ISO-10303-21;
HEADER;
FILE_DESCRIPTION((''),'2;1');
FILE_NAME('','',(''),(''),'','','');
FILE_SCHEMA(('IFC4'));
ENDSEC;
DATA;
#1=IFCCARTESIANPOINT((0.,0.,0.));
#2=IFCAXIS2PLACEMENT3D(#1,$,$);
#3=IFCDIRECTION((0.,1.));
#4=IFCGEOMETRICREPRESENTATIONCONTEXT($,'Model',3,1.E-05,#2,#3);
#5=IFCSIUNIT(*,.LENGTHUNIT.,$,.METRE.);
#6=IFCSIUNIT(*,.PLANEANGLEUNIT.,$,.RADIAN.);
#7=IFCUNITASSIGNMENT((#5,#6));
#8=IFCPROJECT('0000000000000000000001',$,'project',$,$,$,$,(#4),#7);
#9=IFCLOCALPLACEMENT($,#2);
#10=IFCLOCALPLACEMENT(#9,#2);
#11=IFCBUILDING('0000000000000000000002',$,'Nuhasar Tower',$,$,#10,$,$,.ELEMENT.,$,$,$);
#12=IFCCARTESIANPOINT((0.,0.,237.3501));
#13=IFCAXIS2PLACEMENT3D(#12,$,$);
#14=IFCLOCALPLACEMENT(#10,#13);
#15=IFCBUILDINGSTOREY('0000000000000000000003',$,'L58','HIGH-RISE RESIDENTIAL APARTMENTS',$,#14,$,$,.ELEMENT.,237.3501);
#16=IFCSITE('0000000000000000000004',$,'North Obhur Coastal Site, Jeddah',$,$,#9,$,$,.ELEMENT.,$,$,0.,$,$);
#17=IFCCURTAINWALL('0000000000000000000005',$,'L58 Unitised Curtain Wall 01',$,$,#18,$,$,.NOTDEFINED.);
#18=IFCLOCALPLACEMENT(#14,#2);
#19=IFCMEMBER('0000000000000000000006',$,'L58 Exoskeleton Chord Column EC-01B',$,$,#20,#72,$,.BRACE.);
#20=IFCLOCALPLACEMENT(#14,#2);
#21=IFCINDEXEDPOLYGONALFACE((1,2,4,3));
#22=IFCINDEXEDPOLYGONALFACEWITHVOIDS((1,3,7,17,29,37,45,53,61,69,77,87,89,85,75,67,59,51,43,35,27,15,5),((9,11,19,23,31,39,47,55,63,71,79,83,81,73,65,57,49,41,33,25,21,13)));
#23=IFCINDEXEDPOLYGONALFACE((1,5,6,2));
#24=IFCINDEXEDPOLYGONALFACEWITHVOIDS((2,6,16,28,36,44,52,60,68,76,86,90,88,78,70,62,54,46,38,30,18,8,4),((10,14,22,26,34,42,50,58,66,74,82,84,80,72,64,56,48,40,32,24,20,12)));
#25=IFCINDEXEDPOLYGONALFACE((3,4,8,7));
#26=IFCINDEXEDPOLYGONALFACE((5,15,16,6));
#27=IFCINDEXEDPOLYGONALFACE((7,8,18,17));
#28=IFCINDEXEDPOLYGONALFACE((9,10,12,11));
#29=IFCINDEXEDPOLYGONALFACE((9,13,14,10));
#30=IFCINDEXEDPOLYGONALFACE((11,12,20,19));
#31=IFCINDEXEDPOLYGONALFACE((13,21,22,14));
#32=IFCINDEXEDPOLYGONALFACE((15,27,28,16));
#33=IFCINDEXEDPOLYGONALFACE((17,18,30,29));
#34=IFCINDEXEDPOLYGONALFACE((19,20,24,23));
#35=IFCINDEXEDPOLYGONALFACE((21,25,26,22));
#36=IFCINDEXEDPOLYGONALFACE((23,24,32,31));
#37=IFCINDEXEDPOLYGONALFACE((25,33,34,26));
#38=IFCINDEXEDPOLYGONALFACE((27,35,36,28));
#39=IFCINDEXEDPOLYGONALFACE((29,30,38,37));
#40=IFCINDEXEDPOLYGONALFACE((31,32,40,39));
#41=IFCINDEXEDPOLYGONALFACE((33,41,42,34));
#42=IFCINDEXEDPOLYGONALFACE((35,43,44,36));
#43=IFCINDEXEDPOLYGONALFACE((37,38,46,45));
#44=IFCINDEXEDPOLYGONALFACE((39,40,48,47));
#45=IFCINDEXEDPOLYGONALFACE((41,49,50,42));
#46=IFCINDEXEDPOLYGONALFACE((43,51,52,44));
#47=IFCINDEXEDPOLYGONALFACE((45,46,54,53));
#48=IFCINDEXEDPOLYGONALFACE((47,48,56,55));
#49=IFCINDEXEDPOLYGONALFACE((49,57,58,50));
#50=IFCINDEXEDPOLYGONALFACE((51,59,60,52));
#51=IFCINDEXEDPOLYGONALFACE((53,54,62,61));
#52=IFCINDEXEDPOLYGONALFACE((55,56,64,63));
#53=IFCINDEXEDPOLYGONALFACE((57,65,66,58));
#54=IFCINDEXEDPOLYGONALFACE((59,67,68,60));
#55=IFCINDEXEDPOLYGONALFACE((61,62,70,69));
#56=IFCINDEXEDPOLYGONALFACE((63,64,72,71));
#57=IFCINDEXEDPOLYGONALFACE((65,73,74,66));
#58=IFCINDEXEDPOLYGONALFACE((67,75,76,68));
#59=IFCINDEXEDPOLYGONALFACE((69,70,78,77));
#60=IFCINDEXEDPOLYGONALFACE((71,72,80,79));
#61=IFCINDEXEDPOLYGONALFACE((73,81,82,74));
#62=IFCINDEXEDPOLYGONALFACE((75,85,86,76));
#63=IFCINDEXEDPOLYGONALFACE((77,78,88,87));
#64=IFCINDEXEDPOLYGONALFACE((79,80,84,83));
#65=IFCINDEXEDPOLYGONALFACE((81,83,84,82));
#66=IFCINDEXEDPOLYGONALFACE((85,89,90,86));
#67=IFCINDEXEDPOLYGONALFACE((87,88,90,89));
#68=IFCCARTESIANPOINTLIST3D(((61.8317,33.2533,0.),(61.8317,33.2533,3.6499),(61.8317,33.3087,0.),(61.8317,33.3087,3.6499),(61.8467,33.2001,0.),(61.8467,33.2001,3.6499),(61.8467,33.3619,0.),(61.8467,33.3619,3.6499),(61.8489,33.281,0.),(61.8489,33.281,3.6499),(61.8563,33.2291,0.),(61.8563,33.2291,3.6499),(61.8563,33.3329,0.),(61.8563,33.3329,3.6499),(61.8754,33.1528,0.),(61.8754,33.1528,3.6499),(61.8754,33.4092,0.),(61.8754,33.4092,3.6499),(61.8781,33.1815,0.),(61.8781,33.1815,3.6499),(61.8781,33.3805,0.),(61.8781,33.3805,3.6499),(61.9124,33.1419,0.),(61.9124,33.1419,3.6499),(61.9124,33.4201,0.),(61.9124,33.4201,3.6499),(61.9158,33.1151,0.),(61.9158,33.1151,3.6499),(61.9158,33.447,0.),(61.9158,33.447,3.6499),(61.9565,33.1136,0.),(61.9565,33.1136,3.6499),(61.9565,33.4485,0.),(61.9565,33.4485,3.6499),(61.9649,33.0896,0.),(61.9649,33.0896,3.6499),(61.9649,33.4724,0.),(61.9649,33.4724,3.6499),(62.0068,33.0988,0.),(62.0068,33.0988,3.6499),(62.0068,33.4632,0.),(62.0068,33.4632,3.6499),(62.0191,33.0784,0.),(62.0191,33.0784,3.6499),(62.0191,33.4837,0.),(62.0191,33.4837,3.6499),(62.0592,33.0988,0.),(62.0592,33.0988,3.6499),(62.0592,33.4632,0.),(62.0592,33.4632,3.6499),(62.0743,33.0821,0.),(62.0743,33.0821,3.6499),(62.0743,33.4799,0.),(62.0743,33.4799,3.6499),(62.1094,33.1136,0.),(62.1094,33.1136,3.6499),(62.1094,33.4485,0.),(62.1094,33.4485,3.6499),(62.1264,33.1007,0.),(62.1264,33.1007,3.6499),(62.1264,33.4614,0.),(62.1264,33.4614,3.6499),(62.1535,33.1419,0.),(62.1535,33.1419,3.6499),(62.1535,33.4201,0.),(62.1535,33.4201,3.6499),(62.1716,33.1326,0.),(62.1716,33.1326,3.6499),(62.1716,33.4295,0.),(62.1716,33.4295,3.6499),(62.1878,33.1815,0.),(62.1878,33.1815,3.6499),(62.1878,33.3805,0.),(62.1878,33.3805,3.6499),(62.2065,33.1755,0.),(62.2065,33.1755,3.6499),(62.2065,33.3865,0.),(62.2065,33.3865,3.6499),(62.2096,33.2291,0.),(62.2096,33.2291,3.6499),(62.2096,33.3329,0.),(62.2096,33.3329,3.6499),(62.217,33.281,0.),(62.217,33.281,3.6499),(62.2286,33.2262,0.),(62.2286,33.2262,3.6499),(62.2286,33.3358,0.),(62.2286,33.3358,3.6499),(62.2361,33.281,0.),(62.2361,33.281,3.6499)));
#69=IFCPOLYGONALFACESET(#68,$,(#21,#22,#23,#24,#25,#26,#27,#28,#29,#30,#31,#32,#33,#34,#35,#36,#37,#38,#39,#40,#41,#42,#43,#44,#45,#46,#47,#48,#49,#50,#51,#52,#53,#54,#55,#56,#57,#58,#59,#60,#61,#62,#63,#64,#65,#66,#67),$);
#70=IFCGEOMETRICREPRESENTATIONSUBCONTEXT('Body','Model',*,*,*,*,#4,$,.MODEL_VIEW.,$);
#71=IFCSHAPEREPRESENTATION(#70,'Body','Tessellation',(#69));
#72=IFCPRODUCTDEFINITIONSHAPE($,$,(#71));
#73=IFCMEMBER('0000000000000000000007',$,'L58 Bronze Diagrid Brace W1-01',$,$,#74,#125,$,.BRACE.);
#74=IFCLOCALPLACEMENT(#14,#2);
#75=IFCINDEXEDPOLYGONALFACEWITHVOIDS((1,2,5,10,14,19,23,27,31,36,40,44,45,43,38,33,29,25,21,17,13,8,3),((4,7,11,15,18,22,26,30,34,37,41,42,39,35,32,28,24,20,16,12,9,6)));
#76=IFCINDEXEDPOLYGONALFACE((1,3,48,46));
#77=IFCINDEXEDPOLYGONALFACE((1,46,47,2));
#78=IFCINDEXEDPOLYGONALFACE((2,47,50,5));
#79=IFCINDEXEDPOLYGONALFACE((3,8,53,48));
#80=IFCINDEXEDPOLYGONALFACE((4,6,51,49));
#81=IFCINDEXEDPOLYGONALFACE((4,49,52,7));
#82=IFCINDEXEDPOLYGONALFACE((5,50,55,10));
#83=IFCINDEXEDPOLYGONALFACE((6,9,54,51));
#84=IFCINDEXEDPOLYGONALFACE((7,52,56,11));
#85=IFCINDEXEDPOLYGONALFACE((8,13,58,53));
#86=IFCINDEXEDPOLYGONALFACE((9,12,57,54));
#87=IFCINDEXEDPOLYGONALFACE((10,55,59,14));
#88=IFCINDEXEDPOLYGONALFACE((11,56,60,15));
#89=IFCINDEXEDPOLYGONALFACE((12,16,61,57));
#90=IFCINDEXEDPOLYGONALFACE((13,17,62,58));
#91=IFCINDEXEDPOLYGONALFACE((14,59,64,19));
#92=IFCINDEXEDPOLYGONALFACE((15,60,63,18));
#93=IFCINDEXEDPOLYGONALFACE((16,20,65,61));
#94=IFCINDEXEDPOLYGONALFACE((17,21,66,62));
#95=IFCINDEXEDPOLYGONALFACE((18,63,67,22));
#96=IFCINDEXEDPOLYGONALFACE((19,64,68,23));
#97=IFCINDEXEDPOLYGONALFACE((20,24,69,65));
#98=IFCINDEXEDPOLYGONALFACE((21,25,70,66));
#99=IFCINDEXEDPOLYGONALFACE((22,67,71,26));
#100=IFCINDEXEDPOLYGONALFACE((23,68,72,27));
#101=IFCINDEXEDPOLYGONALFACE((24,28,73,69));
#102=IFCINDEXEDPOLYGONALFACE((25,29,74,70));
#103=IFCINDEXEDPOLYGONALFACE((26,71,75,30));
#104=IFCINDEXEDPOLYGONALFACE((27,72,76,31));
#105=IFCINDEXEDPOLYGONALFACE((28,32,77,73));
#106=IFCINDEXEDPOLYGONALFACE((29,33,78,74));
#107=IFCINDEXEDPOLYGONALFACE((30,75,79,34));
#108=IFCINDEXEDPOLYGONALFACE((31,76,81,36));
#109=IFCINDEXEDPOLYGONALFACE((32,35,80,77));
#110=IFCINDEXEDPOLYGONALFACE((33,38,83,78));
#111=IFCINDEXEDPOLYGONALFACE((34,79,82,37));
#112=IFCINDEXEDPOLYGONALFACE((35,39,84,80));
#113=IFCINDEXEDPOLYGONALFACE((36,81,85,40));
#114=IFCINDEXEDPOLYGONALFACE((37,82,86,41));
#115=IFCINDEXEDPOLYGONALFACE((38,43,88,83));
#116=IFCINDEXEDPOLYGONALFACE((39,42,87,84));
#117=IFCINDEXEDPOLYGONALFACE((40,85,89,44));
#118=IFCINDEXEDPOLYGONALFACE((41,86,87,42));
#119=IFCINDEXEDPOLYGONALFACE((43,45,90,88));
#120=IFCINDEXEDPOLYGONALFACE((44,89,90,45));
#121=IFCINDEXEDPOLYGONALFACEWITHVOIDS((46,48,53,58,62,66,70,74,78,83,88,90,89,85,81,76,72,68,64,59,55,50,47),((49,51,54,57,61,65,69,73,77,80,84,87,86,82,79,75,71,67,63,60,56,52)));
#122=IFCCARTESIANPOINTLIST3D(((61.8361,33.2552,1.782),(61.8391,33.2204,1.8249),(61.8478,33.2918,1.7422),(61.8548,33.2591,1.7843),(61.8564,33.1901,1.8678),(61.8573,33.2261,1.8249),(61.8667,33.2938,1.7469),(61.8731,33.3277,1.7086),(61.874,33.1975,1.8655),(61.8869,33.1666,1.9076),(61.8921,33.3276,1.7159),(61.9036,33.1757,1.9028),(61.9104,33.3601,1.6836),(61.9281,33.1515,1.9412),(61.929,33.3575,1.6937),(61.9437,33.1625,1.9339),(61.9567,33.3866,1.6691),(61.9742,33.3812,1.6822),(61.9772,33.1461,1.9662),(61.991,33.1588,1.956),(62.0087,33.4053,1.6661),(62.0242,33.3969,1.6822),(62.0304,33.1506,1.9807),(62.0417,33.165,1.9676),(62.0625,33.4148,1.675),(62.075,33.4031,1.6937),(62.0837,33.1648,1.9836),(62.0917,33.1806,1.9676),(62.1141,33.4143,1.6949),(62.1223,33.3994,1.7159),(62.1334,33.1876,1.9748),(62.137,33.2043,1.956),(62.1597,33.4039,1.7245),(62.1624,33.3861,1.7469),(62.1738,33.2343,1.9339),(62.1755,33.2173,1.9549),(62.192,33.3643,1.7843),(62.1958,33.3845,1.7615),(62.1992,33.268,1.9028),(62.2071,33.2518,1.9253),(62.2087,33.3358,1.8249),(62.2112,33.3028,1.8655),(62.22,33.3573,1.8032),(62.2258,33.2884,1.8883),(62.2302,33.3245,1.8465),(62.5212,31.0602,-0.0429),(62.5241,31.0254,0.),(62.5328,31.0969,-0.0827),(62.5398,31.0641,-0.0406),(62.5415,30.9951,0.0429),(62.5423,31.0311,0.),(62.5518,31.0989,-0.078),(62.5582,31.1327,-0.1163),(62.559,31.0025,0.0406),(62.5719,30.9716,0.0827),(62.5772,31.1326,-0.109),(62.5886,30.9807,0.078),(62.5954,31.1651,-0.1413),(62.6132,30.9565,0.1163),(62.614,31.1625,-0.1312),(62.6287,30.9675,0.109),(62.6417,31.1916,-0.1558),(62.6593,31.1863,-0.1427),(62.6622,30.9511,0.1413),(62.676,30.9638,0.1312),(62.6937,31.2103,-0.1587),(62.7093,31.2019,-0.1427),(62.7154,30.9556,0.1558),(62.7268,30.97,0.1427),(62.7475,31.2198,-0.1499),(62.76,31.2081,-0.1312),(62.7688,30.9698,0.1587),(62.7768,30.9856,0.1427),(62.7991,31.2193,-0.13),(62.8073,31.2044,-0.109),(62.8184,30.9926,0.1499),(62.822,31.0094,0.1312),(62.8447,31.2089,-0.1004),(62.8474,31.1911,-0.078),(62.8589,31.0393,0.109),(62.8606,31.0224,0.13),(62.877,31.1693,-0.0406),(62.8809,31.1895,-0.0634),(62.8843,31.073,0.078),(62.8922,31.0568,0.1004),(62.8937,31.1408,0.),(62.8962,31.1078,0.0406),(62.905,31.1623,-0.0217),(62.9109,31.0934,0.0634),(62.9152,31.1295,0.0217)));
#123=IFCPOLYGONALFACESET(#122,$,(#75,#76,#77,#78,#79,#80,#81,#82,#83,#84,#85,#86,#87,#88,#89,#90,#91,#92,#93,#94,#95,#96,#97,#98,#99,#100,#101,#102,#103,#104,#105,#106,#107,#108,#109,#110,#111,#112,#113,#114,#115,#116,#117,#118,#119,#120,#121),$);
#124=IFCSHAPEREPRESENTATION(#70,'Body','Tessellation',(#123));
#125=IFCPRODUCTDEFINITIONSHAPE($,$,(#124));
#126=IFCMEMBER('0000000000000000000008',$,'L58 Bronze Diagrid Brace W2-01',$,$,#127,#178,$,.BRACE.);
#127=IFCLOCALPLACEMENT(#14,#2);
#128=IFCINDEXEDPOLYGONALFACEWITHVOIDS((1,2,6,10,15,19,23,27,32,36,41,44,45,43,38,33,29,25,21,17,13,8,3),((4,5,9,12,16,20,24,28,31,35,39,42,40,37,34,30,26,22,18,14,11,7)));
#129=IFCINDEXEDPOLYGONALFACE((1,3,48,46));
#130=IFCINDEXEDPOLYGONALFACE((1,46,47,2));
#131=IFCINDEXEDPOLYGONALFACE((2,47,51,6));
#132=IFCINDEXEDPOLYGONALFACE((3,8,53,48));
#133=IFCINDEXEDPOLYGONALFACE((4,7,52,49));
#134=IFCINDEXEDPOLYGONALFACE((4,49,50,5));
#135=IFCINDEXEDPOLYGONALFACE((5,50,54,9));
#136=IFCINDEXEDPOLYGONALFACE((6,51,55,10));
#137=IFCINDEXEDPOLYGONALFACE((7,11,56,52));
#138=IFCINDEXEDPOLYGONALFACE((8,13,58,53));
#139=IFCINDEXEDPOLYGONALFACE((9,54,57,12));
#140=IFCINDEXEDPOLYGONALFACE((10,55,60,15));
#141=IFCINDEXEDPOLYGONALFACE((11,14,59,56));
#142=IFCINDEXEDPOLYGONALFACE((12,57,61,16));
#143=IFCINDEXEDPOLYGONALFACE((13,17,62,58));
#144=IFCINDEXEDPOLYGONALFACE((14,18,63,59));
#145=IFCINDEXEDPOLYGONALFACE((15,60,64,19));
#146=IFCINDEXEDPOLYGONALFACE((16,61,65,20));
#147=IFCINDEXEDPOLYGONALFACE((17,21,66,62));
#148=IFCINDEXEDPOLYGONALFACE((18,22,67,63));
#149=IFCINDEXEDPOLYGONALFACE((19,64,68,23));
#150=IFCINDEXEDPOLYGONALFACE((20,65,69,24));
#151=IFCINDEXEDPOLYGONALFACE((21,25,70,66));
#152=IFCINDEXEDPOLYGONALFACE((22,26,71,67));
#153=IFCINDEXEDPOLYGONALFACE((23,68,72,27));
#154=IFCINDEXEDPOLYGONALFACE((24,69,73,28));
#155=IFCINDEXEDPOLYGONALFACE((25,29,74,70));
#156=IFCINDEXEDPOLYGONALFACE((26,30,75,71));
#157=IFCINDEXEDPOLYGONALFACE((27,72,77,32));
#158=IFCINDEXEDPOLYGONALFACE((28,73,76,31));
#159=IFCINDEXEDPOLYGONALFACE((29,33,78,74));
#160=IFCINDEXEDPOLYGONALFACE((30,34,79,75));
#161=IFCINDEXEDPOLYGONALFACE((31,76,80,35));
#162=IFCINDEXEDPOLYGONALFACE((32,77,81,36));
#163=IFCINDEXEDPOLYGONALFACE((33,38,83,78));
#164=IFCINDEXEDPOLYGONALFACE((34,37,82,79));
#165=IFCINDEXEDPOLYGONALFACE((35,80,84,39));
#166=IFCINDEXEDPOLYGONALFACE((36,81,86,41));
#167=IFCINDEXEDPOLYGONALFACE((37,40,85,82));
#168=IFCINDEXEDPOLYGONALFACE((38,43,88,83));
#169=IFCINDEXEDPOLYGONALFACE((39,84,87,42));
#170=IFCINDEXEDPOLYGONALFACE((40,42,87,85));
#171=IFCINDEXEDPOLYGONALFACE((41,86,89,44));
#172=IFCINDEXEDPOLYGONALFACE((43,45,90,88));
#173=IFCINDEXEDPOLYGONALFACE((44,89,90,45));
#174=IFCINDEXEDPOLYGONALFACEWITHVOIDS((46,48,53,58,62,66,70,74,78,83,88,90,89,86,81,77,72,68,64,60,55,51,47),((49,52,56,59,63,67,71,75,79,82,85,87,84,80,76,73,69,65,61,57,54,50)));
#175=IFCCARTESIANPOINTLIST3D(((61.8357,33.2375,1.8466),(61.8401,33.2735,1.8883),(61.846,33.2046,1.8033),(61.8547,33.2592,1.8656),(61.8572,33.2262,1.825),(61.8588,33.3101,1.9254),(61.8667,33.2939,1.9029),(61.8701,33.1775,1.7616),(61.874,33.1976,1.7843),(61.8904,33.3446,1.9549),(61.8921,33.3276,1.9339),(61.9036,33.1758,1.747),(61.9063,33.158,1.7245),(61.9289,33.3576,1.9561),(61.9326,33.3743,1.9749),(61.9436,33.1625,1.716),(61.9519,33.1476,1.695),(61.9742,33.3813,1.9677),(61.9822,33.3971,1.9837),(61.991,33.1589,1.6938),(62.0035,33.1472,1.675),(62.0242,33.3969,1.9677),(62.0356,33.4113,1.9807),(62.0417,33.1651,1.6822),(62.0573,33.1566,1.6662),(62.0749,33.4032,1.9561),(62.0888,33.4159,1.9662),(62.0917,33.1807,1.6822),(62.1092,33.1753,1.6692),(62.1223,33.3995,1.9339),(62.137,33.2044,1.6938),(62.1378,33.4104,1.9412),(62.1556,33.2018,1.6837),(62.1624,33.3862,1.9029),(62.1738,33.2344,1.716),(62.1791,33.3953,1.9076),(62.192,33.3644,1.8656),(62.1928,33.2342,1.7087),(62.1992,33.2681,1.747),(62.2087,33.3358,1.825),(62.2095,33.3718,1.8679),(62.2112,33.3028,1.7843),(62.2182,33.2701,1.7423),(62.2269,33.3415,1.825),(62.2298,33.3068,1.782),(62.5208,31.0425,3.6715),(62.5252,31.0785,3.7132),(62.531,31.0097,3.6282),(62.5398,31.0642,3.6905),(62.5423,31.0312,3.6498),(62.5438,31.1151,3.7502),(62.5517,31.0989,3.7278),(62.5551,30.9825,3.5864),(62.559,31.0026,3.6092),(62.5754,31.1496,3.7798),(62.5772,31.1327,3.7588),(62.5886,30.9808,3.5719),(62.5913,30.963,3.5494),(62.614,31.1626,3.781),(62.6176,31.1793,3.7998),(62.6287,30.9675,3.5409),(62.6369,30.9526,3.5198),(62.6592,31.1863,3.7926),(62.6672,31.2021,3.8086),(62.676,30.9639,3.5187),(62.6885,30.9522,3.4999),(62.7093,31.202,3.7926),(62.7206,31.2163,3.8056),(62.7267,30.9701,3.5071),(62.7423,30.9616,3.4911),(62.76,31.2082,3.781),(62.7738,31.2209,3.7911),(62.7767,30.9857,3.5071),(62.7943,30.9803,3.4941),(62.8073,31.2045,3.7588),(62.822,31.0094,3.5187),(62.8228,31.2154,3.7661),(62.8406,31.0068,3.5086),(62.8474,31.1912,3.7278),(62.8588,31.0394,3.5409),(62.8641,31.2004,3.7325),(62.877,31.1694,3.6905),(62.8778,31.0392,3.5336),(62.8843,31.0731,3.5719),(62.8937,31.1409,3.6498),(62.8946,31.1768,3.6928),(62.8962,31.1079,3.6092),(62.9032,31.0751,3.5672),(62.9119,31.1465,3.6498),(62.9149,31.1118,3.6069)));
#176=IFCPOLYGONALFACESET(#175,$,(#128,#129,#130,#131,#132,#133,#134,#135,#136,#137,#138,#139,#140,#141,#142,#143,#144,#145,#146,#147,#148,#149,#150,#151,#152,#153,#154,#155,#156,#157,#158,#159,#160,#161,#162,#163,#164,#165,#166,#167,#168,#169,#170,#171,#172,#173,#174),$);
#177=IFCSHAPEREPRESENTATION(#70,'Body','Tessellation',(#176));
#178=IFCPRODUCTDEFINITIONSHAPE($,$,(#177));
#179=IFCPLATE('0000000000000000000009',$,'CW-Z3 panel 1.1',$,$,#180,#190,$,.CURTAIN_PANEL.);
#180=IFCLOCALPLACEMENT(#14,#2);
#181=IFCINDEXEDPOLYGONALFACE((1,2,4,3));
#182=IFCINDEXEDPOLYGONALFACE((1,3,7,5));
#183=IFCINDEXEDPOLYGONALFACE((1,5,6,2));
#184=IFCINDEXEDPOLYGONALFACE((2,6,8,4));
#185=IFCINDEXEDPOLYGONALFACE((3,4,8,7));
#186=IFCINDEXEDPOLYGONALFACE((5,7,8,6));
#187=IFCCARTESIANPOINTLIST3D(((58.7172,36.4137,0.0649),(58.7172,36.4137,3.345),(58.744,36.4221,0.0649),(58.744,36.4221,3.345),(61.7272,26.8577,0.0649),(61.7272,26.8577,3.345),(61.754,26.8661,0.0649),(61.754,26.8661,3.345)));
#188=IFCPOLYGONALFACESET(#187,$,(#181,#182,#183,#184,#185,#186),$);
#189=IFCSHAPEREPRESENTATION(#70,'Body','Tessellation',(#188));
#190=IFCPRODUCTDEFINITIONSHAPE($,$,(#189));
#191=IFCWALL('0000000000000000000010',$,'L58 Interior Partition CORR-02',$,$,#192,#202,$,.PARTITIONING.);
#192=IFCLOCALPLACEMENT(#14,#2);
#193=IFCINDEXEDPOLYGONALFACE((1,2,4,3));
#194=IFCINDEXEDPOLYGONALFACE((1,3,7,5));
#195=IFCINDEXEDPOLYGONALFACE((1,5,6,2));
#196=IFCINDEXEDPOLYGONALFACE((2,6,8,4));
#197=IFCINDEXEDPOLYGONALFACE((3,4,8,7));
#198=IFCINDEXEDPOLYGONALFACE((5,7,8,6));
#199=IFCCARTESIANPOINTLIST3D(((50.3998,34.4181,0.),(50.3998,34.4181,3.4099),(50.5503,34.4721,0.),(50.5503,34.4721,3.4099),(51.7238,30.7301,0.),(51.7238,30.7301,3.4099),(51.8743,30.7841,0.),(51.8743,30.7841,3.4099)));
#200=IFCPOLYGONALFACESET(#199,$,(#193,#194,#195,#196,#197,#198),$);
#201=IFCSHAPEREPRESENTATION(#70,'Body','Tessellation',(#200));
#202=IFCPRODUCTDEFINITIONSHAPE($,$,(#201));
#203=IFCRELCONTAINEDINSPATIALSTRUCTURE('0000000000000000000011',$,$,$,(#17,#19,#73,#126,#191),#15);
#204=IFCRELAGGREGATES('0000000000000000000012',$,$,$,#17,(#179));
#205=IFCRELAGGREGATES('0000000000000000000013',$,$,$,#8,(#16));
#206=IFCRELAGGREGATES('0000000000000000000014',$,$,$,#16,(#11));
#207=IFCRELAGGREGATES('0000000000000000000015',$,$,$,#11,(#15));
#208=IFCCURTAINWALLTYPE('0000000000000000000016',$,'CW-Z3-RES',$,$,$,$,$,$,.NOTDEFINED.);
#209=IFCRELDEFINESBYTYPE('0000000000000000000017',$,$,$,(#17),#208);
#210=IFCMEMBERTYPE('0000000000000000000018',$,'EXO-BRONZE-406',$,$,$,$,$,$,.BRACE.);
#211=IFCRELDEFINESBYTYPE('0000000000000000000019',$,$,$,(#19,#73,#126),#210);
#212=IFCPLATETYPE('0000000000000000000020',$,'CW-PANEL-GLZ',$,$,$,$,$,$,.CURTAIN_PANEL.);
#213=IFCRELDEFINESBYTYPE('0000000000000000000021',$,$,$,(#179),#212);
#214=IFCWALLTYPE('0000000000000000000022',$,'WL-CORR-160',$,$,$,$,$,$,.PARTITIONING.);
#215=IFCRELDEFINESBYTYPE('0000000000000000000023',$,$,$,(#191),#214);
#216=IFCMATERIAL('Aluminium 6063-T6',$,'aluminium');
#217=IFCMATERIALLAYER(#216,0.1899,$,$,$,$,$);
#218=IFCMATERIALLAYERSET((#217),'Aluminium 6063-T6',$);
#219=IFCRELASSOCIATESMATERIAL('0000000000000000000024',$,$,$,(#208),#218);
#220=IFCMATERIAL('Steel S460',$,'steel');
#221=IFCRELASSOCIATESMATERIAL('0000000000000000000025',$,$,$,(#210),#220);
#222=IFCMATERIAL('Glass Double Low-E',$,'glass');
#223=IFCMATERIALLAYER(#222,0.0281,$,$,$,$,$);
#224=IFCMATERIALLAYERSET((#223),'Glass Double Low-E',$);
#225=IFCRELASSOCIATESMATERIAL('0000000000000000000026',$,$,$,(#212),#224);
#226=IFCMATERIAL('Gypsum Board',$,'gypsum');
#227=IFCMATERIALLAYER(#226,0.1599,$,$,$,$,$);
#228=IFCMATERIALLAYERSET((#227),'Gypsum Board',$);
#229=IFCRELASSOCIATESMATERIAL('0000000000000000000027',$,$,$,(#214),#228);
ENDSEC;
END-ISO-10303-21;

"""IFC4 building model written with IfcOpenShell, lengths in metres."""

from ifc_helpers import new_model, si_unit, direction, frame, frame_2d, origin, origin_2d, place, context, subcontext, project, spatial, rectangle, hollow_circle, extrude, material, layer, layer_set, material_profile, profile_set, type_object, element, aggregate, save


model = new_model("IFC4")

# Units and contexts
model_context = context("Model", 3, precision=1e-05, world=origin(), true_north=direction((0.0, 1.0)))
body_context = subcontext(model_context, "Body", "Model", "MODEL_VIEW")
ifc_project = project(units=[si_unit("LENGTHUNIT", "METRE"), si_unit("PLANEANGLEUNIT", "RADIAN")], contexts=[model_context])

# Site, building, storey
site_placement = place(None, origin())
site = spatial("IfcSite", under=ifc_project, at=site_placement, Name="North Obhur Coastal Site, Jeddah", CompositionType="ELEMENT", RefElevation=0.0)
building_placement = place(site_placement, origin())
building = spatial("IfcBuilding", under=site, at=building_placement, Name="Nuhasar Tower", CompositionType="ELEMENT")
storey_placement = place(building_placement, frame((0.0, 0.0, 237.3501)))
storey = spatial("IfcBuildingStorey", under=building, at=storey_placement, Name="L58", Description="HIGH-RISE RESIDENTIAL APARTMENTS", CompositionType="ELEMENT", Elevation=237.3501)

# Curtain wall
ifc_material_1 = material(Name="Aluminium 6063-T6", Category="aluminium")
ifc_layer_1 = layer(ifc_material_1, 0.1899)
ifc_layer_set_1 = layer_set([ifc_layer_1], Name="Aluminium 6063-T6")
curtain_wall_type = type_object("IfcCurtainWallType", Name="CW-Z3-RES", PredefinedType="NOTDEFINED", material=ifc_layer_set_1)
curtain_wall_placement = place(storey_placement, origin())
curtain_wall = element("IfcCurtainWall", 1, at=curtain_wall_placement, inside=storey, type_object=curtain_wall_type, Name="L58 Unitised Curtain Wall 01", PredefinedType="NOTDEFINED")

# Members
ifc_material_2 = material(Name="Steel S460", Category="steel")
ifc_material_profile_1 = material_profile(ifc_material_2, hollow_circle(Radius=0.2031, WallThickness=0.019, at=origin_2d()), Name="HSS406.4X19.1")
ifc_profile_set_1 = profile_set([ifc_material_profile_1], Name="Steel S460")
member_type_1 = type_object("IfcMemberType", Name="EXO-BRONZE-406", PredefinedType="BRACE", material=ifc_profile_set_1)
for number, where, z_axis, x_axis, name in (
    (2, (62.033, 33.281, 0.0), (0.0, 0.0, 1.0), (1.0, 0.0, 0.0), "L58 Exoskeleton Chord Column EC-01B"),
):
    element("IfcMember", number, at=place(storey_placement, frame(where, z_axis=z_axis, x_axis=x_axis)), inside=storey, type_object=member_type_1, Name=name, PredefinedType="BRACE", context=body_context, shape_type="SweptSolid", body=[
        extrude(hollow_circle(Radius=0.2031, WallThickness=0.019, at=origin_2d()), origin(), (0.0, 0.0, 1.0), 3.6499),
    ])
for number, where, z_axis, x_axis, name in (
    (3, (62.718, 31.0859, 0.0), (-0.233358, 0.747727, 0.62165), (-0.954591, -0.297918, 0.0), "L58 Bronze Diagrid Brace W1-01"),
    (4, (62.033, 33.281, 1.825), (0.233358, -0.747727, 0.62165), (0.954591, 0.297918, 0.0), "L58 Bronze Diagrid Brace W2-01"),
):
    element("IfcMember", number, at=place(storey_placement, frame(where, z_axis=z_axis, x_axis=x_axis)), inside=storey, type_object=member_type_1, Name=name, PredefinedType="BRACE", context=body_context, shape_type="SweptSolid", body=[
        extrude(hollow_circle(Radius=0.2031, WallThickness=0.019, at=origin_2d()), origin(), (0.0, 0.0, 1.0), 2.9355),
    ])

# Plate
ifc_material_3 = material(Name="Glass Double Low-E", Category="glass")
ifc_layer_2 = layer(ifc_material_3, 0.0281)
ifc_layer_set_2 = layer_set([ifc_layer_2], Name="Glass Double Low-E")
plate_type = type_object("IfcPlateType", Name="CW-PANEL-GLZ", PredefinedType="CURTAIN_PANEL", material=ifc_layer_set_2)
plate_placement = place(storey_placement, frame((60.2356, 31.6399, 0.0649), z_axis=(0.0, 0.0, 1.0), x_axis=(-0.300429, 0.953804, 0.0)))
plate = element("IfcPlate", 5, at=plate_placement, type_object=plate_type, Name="CW-Z3 panel 1.1", PredefinedType="CURTAIN_PANEL", context=body_context, shape_type="SweptSolid", body=[
    extrude(rectangle(XDim=10.0188, YDim=0.0281, at=origin_2d()), origin(), (0.0, 0.0, 1.0), 3.28),
])
aggregate(curtain_wall, [plate])

# Shared definitions
ifc_material_4 = material(Name="Gypsum Board", Category="gypsum")
ifc_layer_3 = layer(ifc_material_4, 0.1599)
ifc_layer_set_3 = layer_set([ifc_layer_3], Name="Gypsum Board")
wall_type_1 = type_object("IfcWallType", Name="WL-CORR-160", PredefinedType="PARTITIONING", material=ifc_layer_set_3)

# Wall
wall_1_placement = place(storey_placement, frame((51.7991, 30.7571, 0.0), z_axis=(0.0, 0.0, 1.0), x_axis=(-0.337883, 0.941188, 0.0)))
element("IfcWall", 6, at=wall_1_placement, inside=storey, type_object=wall_type_1, Name="L58 Interior Partition CORR-02", PredefinedType="PARTITIONING", context=body_context, shape_type="SweptSolid", body=[
    extrude(rectangle(XDim=3.9185, YDim=0.1599, at=frame_2d((1.9592, 0.0))), origin(), (0.0, 0.0, 1.0), 3.4099),
])

save(model, "model.ifc")
